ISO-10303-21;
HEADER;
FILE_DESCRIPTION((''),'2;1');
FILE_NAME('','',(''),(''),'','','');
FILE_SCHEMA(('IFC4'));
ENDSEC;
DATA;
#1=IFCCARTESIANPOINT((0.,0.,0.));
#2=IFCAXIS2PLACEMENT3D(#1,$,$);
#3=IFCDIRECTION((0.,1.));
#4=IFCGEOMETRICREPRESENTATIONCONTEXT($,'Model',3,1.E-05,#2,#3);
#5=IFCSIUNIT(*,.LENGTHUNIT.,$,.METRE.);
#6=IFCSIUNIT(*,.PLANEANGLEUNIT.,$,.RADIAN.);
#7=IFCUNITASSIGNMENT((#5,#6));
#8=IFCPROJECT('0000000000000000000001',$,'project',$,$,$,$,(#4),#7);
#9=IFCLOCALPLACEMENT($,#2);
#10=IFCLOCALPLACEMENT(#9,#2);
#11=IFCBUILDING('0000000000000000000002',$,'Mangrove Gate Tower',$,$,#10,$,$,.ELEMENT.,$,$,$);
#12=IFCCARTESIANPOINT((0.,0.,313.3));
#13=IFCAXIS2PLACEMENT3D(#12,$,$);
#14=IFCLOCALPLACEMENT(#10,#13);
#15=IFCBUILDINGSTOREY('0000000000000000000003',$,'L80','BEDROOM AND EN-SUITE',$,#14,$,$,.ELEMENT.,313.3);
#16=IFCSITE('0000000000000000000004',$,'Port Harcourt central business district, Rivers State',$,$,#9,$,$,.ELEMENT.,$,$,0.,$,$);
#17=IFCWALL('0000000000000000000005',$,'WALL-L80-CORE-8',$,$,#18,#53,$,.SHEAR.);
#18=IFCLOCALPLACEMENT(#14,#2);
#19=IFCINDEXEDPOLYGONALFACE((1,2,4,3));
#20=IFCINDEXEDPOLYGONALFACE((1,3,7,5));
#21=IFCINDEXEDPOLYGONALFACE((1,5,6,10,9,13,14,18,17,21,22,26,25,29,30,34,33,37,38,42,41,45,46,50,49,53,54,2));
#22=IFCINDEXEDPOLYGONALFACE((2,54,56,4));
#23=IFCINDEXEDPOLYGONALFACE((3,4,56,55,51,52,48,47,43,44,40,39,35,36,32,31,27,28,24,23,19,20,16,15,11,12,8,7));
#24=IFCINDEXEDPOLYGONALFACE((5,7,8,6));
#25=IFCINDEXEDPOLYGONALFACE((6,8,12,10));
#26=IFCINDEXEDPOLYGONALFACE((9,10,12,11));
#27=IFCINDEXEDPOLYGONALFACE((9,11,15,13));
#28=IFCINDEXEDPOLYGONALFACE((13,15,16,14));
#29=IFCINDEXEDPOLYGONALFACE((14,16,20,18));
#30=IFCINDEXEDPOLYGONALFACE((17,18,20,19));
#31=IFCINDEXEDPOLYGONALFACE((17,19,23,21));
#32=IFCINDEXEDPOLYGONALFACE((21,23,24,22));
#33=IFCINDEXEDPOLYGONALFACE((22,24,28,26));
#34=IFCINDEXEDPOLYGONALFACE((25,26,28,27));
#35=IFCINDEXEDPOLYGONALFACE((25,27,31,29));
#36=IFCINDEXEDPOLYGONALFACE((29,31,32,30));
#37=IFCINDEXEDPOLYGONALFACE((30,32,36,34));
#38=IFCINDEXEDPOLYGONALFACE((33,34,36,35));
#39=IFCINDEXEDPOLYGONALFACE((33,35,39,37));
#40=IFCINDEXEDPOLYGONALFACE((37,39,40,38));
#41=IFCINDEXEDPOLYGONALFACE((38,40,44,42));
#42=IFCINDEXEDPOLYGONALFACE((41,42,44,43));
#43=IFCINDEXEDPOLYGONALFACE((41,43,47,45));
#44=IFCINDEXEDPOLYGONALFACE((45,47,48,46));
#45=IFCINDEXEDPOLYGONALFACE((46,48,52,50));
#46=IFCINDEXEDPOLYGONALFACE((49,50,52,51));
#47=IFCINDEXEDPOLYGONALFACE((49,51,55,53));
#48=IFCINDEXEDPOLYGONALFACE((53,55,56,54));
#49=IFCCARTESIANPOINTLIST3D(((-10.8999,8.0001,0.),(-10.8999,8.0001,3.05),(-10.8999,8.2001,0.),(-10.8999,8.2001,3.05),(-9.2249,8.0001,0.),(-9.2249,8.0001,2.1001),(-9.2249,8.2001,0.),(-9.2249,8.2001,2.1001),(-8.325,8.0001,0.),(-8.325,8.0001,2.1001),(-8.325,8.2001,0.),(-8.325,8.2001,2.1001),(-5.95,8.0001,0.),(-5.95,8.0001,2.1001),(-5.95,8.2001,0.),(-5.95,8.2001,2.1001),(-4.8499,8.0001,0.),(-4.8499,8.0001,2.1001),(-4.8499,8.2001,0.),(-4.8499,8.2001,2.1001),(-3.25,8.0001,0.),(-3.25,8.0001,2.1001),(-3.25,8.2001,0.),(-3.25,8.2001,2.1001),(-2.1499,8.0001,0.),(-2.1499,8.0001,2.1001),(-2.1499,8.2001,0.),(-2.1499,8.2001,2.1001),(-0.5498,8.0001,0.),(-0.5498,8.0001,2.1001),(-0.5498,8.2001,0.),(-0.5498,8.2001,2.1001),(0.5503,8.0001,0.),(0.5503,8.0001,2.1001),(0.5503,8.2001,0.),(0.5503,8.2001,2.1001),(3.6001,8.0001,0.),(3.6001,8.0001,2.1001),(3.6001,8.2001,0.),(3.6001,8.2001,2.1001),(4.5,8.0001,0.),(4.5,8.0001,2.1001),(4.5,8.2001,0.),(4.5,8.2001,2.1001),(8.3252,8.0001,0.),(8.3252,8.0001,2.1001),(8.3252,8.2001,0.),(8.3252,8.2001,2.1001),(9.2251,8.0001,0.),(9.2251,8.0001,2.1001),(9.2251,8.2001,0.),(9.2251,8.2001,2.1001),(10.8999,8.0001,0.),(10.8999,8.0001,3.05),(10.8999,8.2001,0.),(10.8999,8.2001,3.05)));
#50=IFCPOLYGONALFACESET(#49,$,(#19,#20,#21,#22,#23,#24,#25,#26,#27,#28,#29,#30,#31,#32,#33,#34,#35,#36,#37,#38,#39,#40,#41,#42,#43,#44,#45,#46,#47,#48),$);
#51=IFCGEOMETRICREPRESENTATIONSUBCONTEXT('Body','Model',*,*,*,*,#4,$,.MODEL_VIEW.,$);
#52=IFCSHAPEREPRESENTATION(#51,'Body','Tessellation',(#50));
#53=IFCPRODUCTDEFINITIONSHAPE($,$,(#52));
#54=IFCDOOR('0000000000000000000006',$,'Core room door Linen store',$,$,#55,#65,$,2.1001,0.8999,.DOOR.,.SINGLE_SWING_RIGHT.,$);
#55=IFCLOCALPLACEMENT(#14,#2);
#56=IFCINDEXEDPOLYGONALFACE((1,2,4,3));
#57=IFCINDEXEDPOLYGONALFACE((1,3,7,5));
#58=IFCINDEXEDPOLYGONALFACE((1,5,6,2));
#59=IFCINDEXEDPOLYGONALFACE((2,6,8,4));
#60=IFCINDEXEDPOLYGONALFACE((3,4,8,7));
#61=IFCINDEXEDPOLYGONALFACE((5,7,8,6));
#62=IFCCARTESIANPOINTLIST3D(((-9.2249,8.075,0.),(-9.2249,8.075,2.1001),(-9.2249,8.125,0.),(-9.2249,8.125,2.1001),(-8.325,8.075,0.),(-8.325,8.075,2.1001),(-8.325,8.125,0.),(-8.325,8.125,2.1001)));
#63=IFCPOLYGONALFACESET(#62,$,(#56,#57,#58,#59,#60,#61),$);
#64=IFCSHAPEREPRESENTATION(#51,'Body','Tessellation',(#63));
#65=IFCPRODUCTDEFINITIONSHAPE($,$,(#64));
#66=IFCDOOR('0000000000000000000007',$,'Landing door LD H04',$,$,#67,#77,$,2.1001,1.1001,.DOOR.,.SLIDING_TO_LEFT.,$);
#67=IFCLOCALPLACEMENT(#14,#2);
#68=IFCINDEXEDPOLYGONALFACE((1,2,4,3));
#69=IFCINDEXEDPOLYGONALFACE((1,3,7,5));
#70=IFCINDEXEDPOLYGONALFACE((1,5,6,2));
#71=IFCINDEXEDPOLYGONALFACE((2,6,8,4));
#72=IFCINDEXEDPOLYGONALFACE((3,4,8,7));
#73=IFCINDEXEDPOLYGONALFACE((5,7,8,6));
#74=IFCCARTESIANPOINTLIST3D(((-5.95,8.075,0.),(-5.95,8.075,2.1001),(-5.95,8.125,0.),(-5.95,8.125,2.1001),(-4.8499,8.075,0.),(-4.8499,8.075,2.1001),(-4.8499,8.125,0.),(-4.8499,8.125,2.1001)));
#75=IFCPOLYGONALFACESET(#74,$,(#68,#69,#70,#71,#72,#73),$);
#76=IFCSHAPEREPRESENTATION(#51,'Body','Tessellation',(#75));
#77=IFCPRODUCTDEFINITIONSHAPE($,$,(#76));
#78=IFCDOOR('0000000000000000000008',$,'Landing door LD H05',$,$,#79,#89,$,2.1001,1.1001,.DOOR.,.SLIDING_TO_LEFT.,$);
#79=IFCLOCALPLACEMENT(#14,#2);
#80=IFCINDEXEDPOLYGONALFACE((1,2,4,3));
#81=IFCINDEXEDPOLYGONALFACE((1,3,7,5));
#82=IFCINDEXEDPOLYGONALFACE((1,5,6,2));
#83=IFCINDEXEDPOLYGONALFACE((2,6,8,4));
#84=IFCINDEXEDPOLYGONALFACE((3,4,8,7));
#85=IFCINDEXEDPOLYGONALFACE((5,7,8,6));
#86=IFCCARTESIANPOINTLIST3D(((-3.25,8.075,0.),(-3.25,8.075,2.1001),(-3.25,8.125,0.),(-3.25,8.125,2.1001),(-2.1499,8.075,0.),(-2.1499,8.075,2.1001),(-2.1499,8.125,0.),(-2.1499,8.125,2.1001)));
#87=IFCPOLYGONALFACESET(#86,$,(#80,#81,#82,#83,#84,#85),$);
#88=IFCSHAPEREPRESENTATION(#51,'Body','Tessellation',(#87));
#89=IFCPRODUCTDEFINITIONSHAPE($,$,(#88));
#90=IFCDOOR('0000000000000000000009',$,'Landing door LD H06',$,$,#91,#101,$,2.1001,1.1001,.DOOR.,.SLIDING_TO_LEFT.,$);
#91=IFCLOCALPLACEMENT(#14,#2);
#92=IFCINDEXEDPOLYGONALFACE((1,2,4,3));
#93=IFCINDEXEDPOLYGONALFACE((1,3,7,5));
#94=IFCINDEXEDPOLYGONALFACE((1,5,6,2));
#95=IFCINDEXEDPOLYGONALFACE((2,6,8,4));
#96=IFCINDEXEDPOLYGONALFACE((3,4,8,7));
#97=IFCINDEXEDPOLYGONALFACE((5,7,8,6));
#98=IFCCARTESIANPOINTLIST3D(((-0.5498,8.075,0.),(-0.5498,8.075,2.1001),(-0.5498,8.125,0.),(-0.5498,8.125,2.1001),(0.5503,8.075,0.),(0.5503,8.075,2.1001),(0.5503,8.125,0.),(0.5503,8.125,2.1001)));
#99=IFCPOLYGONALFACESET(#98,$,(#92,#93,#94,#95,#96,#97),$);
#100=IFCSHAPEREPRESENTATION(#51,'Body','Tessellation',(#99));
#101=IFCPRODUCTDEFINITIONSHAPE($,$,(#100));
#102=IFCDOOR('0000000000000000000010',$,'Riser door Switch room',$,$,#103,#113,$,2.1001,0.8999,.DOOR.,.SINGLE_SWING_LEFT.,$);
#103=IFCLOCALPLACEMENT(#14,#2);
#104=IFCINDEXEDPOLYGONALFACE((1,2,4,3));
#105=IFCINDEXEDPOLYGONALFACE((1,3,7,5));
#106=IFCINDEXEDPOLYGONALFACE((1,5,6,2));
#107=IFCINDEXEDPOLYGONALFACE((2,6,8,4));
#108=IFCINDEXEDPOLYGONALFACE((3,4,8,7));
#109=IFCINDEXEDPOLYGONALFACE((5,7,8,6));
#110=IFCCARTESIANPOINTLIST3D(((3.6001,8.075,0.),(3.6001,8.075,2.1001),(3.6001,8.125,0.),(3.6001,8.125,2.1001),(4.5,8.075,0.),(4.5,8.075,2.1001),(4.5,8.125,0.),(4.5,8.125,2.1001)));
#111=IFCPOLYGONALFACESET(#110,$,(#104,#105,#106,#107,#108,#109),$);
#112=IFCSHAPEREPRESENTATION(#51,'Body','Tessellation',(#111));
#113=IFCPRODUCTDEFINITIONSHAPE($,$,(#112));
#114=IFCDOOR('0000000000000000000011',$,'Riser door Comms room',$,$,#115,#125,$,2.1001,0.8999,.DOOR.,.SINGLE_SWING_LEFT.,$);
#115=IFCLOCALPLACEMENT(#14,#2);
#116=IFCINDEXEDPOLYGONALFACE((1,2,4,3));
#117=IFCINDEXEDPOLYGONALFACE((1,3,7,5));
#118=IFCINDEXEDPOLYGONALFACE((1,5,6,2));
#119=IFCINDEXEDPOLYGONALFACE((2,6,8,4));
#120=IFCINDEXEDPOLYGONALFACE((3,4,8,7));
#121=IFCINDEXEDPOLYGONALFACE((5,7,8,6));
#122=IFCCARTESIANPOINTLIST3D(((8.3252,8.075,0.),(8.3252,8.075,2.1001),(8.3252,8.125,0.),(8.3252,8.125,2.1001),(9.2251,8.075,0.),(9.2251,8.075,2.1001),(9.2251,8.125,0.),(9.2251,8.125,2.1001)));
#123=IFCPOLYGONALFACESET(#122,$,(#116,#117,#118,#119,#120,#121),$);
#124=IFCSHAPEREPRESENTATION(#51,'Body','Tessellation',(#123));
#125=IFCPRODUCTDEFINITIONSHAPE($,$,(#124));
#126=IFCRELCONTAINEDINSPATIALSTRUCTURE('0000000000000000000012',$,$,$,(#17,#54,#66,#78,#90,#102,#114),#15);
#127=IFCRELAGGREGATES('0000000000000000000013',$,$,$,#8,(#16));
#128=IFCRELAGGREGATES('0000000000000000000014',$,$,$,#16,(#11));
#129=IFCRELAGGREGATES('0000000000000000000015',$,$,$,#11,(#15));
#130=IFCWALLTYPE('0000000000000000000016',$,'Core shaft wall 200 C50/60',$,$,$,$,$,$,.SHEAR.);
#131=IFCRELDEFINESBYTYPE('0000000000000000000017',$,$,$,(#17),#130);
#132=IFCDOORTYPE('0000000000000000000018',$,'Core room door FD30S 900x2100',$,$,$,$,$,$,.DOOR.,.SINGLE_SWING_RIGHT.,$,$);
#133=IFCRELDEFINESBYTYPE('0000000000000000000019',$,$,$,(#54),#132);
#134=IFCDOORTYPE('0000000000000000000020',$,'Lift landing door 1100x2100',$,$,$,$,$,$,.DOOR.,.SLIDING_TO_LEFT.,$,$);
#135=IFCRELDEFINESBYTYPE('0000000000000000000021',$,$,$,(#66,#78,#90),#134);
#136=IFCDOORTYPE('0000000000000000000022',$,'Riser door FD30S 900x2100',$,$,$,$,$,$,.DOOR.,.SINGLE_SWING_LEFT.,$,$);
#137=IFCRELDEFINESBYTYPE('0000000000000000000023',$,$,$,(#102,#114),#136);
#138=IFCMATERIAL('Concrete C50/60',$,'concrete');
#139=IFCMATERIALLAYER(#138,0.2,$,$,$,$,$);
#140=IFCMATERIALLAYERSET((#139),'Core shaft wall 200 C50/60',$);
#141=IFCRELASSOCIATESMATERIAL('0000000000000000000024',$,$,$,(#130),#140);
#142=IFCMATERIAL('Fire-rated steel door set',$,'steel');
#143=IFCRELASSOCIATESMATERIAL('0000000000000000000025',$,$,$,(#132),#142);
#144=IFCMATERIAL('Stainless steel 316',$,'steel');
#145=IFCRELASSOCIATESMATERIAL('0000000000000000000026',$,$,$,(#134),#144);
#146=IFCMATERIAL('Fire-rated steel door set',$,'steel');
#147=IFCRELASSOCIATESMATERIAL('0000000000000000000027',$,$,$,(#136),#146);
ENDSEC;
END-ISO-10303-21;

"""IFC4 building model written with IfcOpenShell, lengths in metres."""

from ifc_helpers import new_model, si_unit, direction, frame, frame_2d, origin, place, context, subcontext, project, spatial, rectangle, extrude, material, layer, layer_set, type_object, element, fill, save


model = new_model("IFC4")

# Units and contexts
model_context = context("Model", 3, precision=1e-05, world=origin(), true_north=direction((0.0, 1.0)))
body_context = subcontext(model_context, "Body", "Model", "MODEL_VIEW")
ifc_project = project(units=[si_unit("LENGTHUNIT", "METRE"), si_unit("PLANEANGLEUNIT", "RADIAN")], contexts=[model_context])

# Site, building, storey
site_placement = place(None, origin())
site = spatial("IfcSite", under=ifc_project, at=site_placement, Name="Port Harcourt central business district, Rivers State", CompositionType="ELEMENT", RefElevation=0.0)
building_placement = place(site_placement, origin())
building = spatial("IfcBuilding", under=site, at=building_placement, Name="Mangrove Gate Tower", CompositionType="ELEMENT")
storey_placement = place(building_placement, frame((0.0, 0.0, 313.3)))
storey = spatial("IfcBuildingStorey", under=building, at=storey_placement, Name="L80", Description="BEDROOM AND EN-SUITE", CompositionType="ELEMENT", Elevation=313.3)

# Shared definitions
ifc_material_1 = material(Name="Concrete C50/60", Category="concrete")
ifc_layer_1 = layer(ifc_material_1, 0.2)
ifc_layer_set_1 = layer_set([ifc_layer_1], Name="Core shaft wall 200 C50/60")
wall_type_1 = type_object("IfcWallType", Name="Core shaft wall 200 C50/60", PredefinedType="SHEAR", material=ifc_layer_set_1)

# Wall, openings, doors
ifc_material_2 = material(Name="Fire-rated steel door set", Category="steel")
door_type_1 = type_object("IfcDoorType", Name="Core room door FD30S 900x2100", OperationType="SINGLE_SWING_RIGHT", PredefinedType="DOOR", material=ifc_material_2)
ifc_material_3 = material(Name="Stainless steel 316", Category="steel")
door_type_2 = type_object("IfcDoorType", Name="Lift landing door 1100x2100", OperationType="SLIDING_TO_LEFT", PredefinedType="DOOR", material=ifc_material_3)
ifc_material_4 = material(Name="Fire-rated steel door set", Category="steel")
door_type_3 = type_object("IfcDoorType", Name="Riser door FD30S 900x2100", OperationType="SINGLE_SWING_LEFT", PredefinedType="DOOR", material=ifc_material_4)
wall_1_placement = place(storey_placement, frame((-10.8999, 8.1001, 0.0), z_axis=(0.0, 0.0, 1.0), x_axis=(1.0, 0.0, 0.0)))
wall_1 = element("IfcWall", 1, at=wall_1_placement, inside=storey, type_object=wall_type_1, Name="WALL-L80-CORE-8", PredefinedType="SHEAR", context=body_context, shape_type="SweptSolid", body=[
    extrude(rectangle(XDim=21.7998, YDim=0.2, at=frame_2d((10.8999, 0.0))), origin(), (0.0, 0.0, 1.0), 3.05),
])
opening_1_placement = place(wall_1_placement, frame((4.95, 0.0, 0.0)))
opening_1 = element("IfcOpeningElement", 2, at=opening_1_placement, cuts=wall_1, PredefinedType="OPENING", context=body_context, shape_type="SweptSolid", body=[
    extrude(rectangle(XDim=1.1001, YDim=2.1001, at=frame_2d((0.55, 1.05))), frame((0.0, 0.1099, 0.0), z_axis=(0.0, -1.0, 0.0), x_axis=(1.0, 0.0, 0.0)), (0.0, 0.0, 1.0), 0.22),
])
opening_2_placement = place(wall_1_placement, frame((7.6499, 0.0, 0.0)))
opening_2 = element("IfcOpeningElement", 3, at=opening_2_placement, cuts=wall_1, PredefinedType="OPENING", context=body_context, shape_type="SweptSolid", body=[
    extrude(rectangle(XDim=1.1001, YDim=2.1001, at=frame_2d((0.55, 1.05))), frame((0.0, 0.1099, 0.0), z_axis=(0.0, -1.0, 0.0), x_axis=(1.0, 0.0, 0.0)), (0.0, 0.0, 1.0), 0.22),
])
opening_3_placement = place(wall_1_placement, frame((10.3501, 0.0, 0.0)))
opening_3 = element("IfcOpeningElement", 4, at=opening_3_placement, cuts=wall_1, PredefinedType="OPENING", context=body_context, shape_type="SweptSolid", body=[
    extrude(rectangle(XDim=1.1001, YDim=2.1001, at=frame_2d((0.55, 1.05))), frame((0.0, 0.1099, 0.0), z_axis=(0.0, -1.0, 0.0), x_axis=(1.0, 0.0, 0.0)), (0.0, 0.0, 1.0), 0.22),
])
opening_4_placement = place(wall_1_placement, frame((1.675, 0.0, 0.0)))
opening_4 = element("IfcOpeningElement", 5, at=opening_4_placement, cuts=wall_1, PredefinedType="OPENING", context=body_context, shape_type="SweptSolid", body=[
    extrude(rectangle(XDim=0.8999, YDim=2.1001, at=frame_2d((0.45, 1.05))), frame((0.0, 0.1099, 0.0), z_axis=(0.0, -1.0, 0.0), x_axis=(1.0, 0.0, 0.0)), (0.0, 0.0, 1.0), 0.22),
])
opening_5_placement = place(wall_1_placement, frame((14.5, 0.0, 0.0)))
opening_5 = element("IfcOpeningElement", 6, at=opening_5_placement, cuts=wall_1, PredefinedType="OPENING", context=body_context, shape_type="SweptSolid", body=[
    extrude(rectangle(XDim=0.8999, YDim=2.1001, at=frame_2d((0.45, 1.05))), frame((0.0, 0.1099, 0.0), z_axis=(0.0, -1.0, 0.0), x_axis=(1.0, 0.0, 0.0)), (0.0, 0.0, 1.0), 0.22),
])
opening_6_placement = place(wall_1_placement, frame((19.2251, 0.0, 0.0)))
opening_6 = element("IfcOpeningElement", 7, at=opening_6_placement, cuts=wall_1, PredefinedType="OPENING", context=body_context, shape_type="SweptSolid", body=[
    extrude(rectangle(XDim=0.8999, YDim=2.1001, at=frame_2d((0.45, 1.05))), frame((0.0, 0.1099, 0.0), z_axis=(0.0, -1.0, 0.0), x_axis=(1.0, 0.0, 0.0)), (0.0, 0.0, 1.0), 0.22),
])
door_1_placement = place(opening_4_placement, origin())
door_1 = element("IfcDoor", 8, at=door_1_placement, inside=storey, type_object=door_type_1, Name="Core room door Linen store", OperationType="SINGLE_SWING_RIGHT", OverallHeight=2.1001, OverallWidth=0.8999, PredefinedType="DOOR", context=body_context, shape_type="SweptSolid", body=[
    extrude(rectangle(XDim=0.8999, YDim=2.1001, at=frame_2d((0.45, 1.05))), frame((0.0, 0.0249, 0.0), z_axis=(0.0, -1.0, 0.0), x_axis=(1.0, 0.0, 0.0)), (0.0, 0.0, 1.0), 0.05),
])
fill(opening_4, door_1)
door_2_placement = place(opening_1_placement, origin())
door_2 = element("IfcDoor", 9, at=door_2_placement, inside=storey, type_object=door_type_2, Name="Landing door LD H04", OperationType="SLIDING_TO_LEFT", OverallHeight=2.1001, OverallWidth=1.1001, PredefinedType="DOOR", context=body_context, shape_type="SweptSolid", body=[
    extrude(rectangle(XDim=1.1001, YDim=2.1001, at=frame_2d((0.55, 1.05))), frame((0.0, 0.0249, 0.0), z_axis=(0.0, -1.0, 0.0), x_axis=(1.0, 0.0, 0.0)), (0.0, 0.0, 1.0), 0.05),
])
fill(opening_1, door_2)
door_3_placement = place(opening_2_placement, origin())
door_3 = element("IfcDoor", 10, at=door_3_placement, inside=storey, type_object=door_type_2, Name="Landing door LD H05", OperationType="SLIDING_TO_LEFT", OverallHeight=2.1001, OverallWidth=1.1001, PredefinedType="DOOR", context=body_context, shape_type="SweptSolid", body=[
    extrude(rectangle(XDim=1.1001, YDim=2.1001, at=frame_2d((0.55, 1.05))), frame((0.0, 0.0249, 0.0), z_axis=(0.0, -1.0, 0.0), x_axis=(1.0, 0.0, 0.0)), (0.0, 0.0, 1.0), 0.05),
])
fill(opening_2, door_3)
door_4_placement = place(opening_3_placement, origin())
door_4 = element("IfcDoor", 11, at=door_4_placement, inside=storey, type_object=door_type_2, Name="Landing door LD H06", OperationType="SLIDING_TO_LEFT", OverallHeight=2.1001, OverallWidth=1.1001, PredefinedType="DOOR", context=body_context, shape_type="SweptSolid", body=[
    extrude(rectangle(XDim=1.1001, YDim=2.1001, at=frame_2d((0.55, 1.05))), frame((0.0, 0.0249, 0.0), z_axis=(0.0, -1.0, 0.0), x_axis=(1.0, 0.0, 0.0)), (0.0, 0.0, 1.0), 0.05),
])
fill(opening_3, door_4)
door_5_placement = place(opening_5_placement, origin())
door_5 = element("IfcDoor", 12, at=door_5_placement, inside=storey, type_object=door_type_3, Name="Riser door Switch room", OperationType="SINGLE_SWING_LEFT", OverallHeight=2.1001, OverallWidth=0.8999, PredefinedType="DOOR", context=body_context, shape_type="SweptSolid", body=[
    extrude(rectangle(XDim=0.8999, YDim=2.1001, at=frame_2d((0.45, 1.05))), frame((0.0, 0.0249, 0.0), z_axis=(0.0, -1.0, 0.0), x_axis=(1.0, 0.0, 0.0)), (0.0, 0.0, 1.0), 0.05),
])
fill(opening_5, door_5)
door_6_placement = place(opening_6_placement, origin())
door_6 = element("IfcDoor", 13, at=door_6_placement, inside=storey, type_object=door_type_3, Name="Riser door Comms room", OperationType="SINGLE_SWING_LEFT", OverallHeight=2.1001, OverallWidth=0.8999, PredefinedType="DOOR", context=body_context, shape_type="SweptSolid", body=[
    extrude(rectangle(XDim=0.8999, YDim=2.1001, at=frame_2d((0.45, 1.05))), frame((0.0, 0.0249, 0.0), z_axis=(0.0, -1.0, 0.0), x_axis=(1.0, 0.0, 0.0)), (0.0, 0.0, 1.0), 0.05),
])
fill(opening_6, door_6)

save(model, "model.ifc")
